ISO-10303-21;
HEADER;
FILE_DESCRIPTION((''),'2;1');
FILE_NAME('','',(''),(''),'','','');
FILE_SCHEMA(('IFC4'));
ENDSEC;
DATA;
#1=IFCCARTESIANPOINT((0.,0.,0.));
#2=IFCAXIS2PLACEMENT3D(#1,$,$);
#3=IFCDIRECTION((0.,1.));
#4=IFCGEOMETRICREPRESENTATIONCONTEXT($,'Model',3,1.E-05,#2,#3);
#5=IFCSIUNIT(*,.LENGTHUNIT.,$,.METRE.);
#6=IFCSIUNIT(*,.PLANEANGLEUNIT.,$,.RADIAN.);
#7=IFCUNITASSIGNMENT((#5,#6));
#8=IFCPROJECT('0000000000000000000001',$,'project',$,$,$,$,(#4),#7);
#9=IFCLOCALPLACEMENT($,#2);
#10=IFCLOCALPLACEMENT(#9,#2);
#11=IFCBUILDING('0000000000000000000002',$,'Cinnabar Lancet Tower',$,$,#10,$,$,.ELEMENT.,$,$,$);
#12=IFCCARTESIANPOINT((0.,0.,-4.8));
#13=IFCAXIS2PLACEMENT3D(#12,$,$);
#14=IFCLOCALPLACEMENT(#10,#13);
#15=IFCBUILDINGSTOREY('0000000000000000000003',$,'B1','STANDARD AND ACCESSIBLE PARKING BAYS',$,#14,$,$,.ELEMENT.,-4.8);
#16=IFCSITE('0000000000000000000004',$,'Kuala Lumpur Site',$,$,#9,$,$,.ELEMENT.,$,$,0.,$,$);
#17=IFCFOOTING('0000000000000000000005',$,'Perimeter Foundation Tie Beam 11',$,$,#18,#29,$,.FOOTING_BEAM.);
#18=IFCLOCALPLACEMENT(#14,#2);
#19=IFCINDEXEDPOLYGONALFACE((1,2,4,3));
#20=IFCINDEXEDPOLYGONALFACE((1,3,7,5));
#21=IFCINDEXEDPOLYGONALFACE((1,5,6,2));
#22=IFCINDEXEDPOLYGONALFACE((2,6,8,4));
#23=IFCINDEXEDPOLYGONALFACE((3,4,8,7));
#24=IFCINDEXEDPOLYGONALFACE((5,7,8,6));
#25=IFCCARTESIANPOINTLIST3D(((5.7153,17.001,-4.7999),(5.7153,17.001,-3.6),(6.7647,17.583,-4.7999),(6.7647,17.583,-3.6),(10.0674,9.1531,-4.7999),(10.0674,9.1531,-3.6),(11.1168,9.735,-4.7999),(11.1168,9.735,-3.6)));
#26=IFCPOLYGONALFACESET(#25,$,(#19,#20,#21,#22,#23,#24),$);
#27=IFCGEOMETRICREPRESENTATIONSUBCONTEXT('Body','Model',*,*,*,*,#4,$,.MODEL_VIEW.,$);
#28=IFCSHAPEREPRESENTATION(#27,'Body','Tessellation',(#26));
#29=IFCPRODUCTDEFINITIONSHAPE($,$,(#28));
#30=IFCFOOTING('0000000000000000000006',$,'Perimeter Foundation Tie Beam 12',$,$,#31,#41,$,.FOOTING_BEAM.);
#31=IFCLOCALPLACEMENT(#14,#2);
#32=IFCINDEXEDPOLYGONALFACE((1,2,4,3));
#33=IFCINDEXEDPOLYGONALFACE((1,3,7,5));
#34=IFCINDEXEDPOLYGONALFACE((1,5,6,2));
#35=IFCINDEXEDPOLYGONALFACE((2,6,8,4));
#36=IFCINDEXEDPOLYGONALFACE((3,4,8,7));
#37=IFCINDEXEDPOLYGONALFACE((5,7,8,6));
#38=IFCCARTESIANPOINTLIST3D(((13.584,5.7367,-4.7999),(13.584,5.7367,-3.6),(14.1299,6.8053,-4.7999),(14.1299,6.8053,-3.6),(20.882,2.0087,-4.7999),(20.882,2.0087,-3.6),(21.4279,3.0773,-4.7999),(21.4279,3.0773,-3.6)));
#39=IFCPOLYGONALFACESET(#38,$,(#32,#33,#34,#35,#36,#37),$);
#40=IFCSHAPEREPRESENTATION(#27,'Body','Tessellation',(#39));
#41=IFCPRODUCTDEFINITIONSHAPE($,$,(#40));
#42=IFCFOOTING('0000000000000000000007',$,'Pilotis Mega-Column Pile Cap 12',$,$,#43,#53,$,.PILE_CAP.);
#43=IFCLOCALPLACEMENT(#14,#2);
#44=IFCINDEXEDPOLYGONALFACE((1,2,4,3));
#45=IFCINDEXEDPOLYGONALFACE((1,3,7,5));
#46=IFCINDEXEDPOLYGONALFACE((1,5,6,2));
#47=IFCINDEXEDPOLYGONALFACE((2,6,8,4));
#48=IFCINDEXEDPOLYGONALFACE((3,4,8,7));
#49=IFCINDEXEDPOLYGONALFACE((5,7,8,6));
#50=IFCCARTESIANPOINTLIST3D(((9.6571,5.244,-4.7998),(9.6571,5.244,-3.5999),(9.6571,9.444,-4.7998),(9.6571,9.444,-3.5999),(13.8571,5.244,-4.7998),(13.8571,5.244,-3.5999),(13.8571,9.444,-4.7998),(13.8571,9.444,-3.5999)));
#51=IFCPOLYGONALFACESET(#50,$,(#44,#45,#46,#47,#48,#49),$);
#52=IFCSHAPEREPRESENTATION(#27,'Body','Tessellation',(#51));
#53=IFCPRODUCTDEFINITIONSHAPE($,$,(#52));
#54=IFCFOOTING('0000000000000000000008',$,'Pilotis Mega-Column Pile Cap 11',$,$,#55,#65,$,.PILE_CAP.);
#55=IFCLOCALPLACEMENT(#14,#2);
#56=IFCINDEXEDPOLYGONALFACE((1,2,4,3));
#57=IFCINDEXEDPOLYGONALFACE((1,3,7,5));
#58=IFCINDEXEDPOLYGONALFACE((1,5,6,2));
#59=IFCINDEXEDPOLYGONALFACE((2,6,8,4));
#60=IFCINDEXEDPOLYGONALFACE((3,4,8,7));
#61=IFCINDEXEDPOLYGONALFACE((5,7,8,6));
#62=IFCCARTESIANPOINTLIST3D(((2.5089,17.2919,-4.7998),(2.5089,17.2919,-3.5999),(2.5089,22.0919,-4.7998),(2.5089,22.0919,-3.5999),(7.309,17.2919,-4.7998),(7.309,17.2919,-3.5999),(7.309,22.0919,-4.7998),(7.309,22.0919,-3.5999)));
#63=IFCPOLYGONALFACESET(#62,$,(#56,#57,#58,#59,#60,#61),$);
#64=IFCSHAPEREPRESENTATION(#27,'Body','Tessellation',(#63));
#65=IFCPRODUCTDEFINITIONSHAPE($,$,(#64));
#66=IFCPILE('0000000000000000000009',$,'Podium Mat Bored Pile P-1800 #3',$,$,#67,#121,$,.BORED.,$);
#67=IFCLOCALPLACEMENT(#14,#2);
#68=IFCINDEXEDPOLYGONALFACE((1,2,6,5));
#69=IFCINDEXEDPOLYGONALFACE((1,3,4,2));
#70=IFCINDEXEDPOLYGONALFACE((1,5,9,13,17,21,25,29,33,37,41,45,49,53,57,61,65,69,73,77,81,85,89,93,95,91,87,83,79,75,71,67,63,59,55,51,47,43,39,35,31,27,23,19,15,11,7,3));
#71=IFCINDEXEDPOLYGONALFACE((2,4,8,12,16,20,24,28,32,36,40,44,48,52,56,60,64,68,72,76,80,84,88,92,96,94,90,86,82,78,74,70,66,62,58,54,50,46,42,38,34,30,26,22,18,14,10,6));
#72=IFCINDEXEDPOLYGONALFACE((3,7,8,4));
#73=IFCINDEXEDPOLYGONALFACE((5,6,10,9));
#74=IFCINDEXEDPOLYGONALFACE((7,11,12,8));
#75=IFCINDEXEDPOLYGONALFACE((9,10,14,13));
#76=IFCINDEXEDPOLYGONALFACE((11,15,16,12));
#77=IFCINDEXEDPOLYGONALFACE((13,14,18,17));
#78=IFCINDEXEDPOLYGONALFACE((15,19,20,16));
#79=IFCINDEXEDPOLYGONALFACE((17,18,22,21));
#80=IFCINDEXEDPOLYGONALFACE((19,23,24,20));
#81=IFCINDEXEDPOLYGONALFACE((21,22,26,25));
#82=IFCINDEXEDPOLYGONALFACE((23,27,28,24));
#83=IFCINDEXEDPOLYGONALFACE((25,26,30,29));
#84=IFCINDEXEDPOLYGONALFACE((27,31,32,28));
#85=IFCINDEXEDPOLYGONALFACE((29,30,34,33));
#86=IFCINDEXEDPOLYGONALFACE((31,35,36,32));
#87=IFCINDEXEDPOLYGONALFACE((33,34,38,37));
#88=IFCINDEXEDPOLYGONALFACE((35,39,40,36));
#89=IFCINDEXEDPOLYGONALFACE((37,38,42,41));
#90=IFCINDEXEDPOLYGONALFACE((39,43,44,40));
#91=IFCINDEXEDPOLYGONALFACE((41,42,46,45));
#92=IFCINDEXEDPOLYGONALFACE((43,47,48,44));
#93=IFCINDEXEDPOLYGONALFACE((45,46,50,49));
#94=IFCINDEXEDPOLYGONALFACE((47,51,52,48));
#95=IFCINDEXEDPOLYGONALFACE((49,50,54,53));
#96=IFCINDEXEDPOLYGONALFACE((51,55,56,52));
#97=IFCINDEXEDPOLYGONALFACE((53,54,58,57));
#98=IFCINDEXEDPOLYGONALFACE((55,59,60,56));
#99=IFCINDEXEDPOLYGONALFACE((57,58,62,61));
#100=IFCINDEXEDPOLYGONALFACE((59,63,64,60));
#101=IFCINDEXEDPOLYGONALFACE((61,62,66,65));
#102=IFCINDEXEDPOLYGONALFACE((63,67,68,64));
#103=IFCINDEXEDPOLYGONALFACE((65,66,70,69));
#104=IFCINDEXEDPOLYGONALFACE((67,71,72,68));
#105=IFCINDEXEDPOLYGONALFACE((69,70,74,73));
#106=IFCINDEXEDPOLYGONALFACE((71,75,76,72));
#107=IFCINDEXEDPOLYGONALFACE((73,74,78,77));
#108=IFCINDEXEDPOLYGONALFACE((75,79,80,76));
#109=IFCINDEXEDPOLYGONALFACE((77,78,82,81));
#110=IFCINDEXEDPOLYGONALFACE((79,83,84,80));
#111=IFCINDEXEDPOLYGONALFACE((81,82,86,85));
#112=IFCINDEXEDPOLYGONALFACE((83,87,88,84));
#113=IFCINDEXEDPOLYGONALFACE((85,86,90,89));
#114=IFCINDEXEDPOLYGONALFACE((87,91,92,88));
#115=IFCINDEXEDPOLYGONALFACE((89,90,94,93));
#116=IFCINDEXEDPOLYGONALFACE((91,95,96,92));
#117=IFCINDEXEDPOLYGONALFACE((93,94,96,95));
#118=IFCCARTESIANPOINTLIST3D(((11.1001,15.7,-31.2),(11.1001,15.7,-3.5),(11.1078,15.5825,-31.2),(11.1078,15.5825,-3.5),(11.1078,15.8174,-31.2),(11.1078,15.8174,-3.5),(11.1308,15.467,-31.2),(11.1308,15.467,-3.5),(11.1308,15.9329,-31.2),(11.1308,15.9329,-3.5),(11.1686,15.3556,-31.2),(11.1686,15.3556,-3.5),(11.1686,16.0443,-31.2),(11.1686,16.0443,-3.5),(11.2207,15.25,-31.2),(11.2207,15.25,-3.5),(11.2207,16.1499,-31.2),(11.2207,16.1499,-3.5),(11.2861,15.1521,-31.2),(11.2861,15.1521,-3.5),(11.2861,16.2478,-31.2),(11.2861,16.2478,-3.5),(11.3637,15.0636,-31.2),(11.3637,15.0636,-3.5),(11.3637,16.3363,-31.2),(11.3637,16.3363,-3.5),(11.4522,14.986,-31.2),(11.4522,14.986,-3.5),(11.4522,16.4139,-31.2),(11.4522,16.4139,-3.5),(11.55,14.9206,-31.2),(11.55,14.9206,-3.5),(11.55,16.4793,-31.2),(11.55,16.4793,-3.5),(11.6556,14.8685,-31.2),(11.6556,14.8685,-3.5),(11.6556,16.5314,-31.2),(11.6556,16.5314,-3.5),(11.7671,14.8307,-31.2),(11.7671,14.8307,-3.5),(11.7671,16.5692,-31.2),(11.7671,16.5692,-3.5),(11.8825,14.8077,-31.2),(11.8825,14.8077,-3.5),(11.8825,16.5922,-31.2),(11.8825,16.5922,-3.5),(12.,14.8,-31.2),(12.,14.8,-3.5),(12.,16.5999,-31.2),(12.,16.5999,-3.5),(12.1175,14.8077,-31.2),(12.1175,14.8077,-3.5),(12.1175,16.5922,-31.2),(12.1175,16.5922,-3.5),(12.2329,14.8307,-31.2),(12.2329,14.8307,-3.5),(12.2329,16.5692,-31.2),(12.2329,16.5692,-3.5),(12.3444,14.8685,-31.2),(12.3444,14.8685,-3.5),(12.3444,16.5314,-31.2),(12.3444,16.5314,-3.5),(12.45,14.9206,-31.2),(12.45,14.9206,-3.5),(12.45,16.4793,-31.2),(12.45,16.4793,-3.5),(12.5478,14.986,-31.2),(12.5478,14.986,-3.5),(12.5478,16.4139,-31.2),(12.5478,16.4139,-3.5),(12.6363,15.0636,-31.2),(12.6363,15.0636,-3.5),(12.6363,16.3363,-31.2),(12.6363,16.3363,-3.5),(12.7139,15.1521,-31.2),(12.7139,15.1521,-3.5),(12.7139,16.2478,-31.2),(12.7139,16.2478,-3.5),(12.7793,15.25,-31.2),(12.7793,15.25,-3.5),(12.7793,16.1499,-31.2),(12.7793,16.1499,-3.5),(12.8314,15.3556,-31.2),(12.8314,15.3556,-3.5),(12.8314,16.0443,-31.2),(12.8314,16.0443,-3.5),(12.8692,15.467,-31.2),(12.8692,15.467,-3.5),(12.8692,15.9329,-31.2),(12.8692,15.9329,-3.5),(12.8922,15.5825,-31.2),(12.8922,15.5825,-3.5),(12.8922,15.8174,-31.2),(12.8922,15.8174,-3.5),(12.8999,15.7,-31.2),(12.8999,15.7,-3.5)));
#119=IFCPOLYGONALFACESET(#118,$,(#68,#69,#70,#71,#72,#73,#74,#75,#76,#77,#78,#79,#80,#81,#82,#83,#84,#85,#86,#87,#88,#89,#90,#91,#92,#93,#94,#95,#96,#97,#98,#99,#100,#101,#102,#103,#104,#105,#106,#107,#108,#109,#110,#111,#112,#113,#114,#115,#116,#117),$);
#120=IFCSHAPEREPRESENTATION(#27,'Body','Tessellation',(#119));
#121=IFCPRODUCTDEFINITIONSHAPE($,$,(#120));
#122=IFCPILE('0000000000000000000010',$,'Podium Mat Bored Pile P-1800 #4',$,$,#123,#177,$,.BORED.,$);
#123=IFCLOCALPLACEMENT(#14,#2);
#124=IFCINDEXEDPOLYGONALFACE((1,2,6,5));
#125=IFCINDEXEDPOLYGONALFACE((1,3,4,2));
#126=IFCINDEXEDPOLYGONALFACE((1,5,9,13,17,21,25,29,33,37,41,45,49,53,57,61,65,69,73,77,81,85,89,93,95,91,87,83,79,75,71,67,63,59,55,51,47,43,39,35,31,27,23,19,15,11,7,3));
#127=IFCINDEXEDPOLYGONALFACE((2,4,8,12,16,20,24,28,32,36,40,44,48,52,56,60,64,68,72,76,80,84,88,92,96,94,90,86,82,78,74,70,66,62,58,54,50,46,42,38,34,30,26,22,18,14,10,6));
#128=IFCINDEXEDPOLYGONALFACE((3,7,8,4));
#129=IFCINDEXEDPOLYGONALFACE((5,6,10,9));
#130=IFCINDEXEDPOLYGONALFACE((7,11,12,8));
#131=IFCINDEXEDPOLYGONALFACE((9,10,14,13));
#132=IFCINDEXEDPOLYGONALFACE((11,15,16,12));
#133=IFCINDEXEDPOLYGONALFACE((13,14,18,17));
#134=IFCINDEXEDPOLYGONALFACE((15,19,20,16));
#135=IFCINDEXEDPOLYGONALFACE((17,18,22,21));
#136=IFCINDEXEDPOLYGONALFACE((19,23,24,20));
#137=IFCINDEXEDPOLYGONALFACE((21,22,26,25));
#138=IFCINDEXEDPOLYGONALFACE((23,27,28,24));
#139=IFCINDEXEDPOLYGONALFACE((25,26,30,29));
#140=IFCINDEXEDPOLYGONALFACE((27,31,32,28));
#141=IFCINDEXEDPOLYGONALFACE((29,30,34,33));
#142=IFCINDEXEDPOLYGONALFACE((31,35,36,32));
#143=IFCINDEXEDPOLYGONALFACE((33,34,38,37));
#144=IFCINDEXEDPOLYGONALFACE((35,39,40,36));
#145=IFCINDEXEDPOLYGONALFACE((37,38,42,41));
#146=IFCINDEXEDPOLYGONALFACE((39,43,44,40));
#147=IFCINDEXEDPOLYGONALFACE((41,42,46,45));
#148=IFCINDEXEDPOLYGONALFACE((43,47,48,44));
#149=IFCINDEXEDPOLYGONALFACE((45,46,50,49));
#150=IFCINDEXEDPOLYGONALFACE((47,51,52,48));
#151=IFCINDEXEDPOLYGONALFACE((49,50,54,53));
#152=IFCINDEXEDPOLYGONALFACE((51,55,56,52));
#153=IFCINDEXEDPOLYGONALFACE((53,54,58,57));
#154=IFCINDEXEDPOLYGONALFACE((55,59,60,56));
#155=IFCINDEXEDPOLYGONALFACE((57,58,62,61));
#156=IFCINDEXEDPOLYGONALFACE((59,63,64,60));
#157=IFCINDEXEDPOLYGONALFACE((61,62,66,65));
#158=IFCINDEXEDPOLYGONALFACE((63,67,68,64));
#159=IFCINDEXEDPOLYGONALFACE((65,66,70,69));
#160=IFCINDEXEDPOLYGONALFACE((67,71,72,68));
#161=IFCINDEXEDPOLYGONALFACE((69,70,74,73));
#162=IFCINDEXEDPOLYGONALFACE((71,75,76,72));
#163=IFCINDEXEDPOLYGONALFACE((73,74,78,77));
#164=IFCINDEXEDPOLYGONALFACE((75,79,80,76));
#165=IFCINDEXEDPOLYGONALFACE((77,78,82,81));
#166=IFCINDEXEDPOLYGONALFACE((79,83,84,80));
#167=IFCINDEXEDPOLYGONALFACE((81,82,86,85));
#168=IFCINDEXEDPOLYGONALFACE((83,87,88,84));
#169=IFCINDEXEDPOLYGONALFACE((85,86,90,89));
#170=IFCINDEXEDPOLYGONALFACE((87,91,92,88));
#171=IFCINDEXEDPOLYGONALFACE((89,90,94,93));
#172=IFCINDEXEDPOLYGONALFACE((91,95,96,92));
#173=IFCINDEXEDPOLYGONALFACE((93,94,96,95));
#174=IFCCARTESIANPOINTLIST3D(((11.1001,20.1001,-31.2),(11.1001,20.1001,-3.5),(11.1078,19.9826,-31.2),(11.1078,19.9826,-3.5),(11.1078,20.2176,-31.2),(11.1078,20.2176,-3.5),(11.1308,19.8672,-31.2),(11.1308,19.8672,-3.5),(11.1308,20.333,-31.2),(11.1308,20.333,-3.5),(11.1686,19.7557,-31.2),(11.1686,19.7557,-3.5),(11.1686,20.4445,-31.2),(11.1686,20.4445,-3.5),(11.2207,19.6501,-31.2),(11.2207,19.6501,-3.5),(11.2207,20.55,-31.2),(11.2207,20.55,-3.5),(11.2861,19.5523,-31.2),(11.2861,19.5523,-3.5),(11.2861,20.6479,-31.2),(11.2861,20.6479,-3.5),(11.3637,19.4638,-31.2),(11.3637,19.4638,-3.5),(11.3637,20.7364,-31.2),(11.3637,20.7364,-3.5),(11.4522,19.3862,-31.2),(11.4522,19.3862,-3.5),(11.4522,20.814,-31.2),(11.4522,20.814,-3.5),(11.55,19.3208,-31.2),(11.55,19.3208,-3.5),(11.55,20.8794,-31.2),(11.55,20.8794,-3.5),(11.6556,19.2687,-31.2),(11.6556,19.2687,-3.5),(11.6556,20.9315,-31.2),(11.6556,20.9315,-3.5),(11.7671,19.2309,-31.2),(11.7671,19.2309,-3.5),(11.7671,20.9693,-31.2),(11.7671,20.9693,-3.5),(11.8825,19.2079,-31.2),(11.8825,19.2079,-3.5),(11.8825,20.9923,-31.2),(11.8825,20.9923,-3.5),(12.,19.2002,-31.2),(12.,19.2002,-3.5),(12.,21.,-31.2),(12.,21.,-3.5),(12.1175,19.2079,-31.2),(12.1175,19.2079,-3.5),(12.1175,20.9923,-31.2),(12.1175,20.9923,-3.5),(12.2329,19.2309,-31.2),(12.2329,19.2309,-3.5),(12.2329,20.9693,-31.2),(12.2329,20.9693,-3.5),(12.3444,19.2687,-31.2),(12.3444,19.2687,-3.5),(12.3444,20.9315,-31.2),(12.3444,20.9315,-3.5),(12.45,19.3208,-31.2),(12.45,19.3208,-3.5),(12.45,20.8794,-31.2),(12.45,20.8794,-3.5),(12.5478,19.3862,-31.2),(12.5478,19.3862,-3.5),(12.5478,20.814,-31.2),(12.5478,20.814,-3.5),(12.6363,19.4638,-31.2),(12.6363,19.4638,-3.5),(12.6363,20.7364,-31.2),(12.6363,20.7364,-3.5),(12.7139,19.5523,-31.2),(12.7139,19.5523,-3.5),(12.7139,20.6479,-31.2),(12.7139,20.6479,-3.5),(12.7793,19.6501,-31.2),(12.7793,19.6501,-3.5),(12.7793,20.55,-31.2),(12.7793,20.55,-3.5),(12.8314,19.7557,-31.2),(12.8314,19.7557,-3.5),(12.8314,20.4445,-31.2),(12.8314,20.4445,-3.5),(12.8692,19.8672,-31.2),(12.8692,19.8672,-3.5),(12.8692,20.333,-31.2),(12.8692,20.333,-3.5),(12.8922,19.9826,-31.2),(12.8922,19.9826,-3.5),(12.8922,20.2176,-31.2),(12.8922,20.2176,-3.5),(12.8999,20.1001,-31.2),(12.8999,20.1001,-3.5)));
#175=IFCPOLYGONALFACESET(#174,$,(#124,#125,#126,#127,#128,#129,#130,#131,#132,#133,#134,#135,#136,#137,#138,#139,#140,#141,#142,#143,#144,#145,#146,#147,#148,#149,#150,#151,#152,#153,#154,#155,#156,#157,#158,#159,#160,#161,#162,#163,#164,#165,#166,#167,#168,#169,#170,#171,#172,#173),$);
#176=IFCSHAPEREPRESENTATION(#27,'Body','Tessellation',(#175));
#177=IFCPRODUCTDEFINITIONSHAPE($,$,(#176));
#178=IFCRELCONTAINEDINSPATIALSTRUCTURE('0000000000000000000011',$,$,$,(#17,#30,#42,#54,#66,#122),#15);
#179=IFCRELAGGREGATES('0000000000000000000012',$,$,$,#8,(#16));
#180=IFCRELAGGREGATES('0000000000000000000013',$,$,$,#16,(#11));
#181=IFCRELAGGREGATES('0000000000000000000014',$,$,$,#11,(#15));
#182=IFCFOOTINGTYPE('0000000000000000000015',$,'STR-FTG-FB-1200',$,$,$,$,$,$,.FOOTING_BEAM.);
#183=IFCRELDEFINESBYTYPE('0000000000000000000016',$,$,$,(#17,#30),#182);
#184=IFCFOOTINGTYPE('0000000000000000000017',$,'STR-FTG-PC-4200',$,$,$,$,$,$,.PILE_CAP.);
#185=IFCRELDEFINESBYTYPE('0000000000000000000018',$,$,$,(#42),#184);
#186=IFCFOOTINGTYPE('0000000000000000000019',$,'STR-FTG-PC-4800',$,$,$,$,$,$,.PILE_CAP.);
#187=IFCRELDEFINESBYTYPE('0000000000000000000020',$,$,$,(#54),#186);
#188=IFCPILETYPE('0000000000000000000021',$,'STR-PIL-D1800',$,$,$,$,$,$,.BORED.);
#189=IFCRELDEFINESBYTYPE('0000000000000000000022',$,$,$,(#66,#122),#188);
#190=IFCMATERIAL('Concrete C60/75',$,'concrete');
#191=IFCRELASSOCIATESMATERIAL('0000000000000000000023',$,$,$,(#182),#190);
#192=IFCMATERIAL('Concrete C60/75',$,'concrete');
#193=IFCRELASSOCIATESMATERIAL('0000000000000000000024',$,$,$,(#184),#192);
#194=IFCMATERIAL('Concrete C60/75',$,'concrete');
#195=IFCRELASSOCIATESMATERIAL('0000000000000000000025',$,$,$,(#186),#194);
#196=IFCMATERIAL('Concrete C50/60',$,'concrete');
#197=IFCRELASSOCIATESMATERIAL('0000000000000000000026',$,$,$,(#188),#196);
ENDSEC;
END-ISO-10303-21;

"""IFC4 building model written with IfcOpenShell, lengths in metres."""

from ifc_helpers import new_model, si_unit, direction, frame, origin, origin_2d, place, context, subcontext, project, spatial, rectangle, circle, extrude, material, material_profile, profile_set, type_object, element, save


model = new_model("IFC4")

# Units and contexts
model_context = context("Model", 3, precision=1e-05, world=origin(), true_north=direction((0.0, 1.0)))
body_context = subcontext(model_context, "Body", "Model", "MODEL_VIEW")
ifc_project = project(units=[si_unit("LENGTHUNIT", "METRE"), si_unit("PLANEANGLEUNIT", "RADIAN")], contexts=[model_context])

# Site, building, storey
site_placement = place(None, origin())
site = spatial("IfcSite", under=ifc_project, at=site_placement, Name="Kuala Lumpur Site", CompositionType="ELEMENT", RefElevation=0.0)
building_placement = place(site_placement, origin())
building = spatial("IfcBuilding", under=site, at=building_placement, Name="Cinnabar Lancet Tower", CompositionType="ELEMENT")
storey_placement = place(building_placement, frame((0.0, 0.0, -4.8)))
storey = spatial("IfcBuildingStorey", under=building, at=storey_placement, Name="B1", Description="STANDARD AND ACCESSIBLE PARKING BAYS", CompositionType="ELEMENT", Elevation=-4.8)

# Footings
ifc_material_1 = material(Name="Concrete C60/75", Category="concrete")
ifc_material_profile_1 = material_profile(ifc_material_1, rectangle(XDim=1.2, YDim=1.2, at=origin_2d()), Name="RC-FB 1200x1200")
ifc_profile_set_1 = profile_set([ifc_material_profile_1], Name="Concrete C60/75")
footing_type_1 = type_object("IfcFootingType", Name="STR-FTG-FB-1200", PredefinedType="FOOTING_BEAM", material=ifc_profile_set_1)
footing_1_placement = place(storey_placement, frame((6.24, 17.292, -4.2), z_axis=(0.484971, -0.87453, 0.0), x_axis=(0.87453, 0.484971, 0.0)))
element("IfcFooting", 1, at=footing_1_placement, inside=storey, type_object=footing_type_1, Name="Perimeter Foundation Tie Beam 11", PredefinedType="FOOTING_BEAM", context=body_context, shape_type="SweptSolid", body=[
    extrude(rectangle(XDim=1.2, YDim=1.2, at=origin_2d()), origin(), (0.0, 0.0, 1.0), 8.9739),
])
footing_2_placement = place(storey_placement, frame((13.8569, 6.271, -4.2), z_axis=(0.890539, -0.454907, 0.0), x_axis=(0.454907, 0.890539, 0.0)))
element("IfcFooting", 2, at=footing_2_placement, inside=storey, type_object=footing_type_1, Name="Perimeter Foundation Tie Beam 12", PredefinedType="FOOTING_BEAM", context=body_context, shape_type="SweptSolid", body=[
    extrude(rectangle(XDim=1.2, YDim=1.2, at=origin_2d()), origin(), (0.0, 0.0, 1.0), 8.1951),
])
ifc_material_2 = material(Name="Concrete C60/75", Category="concrete")
footing_type_2 = type_object("IfcFootingType", Name="STR-FTG-PC-4200", PredefinedType="PILE_CAP", material=ifc_material_2)
footing_3_placement = place(storey_placement, frame((11.7571, 7.344, -4.7998), z_axis=(0.0, 0.0, 1.0), x_axis=(1.0, 0.0, 0.0)))
element("IfcFooting", 3, at=footing_3_placement, inside=storey, type_object=footing_type_2, Name="Pilotis Mega-Column Pile Cap 12", PredefinedType="PILE_CAP", context=body_context, shape_type="SweptSolid", body=[
    extrude(rectangle(XDim=4.2, YDim=4.2, at=origin_2d()), origin(), (0.0, 0.0, 1.0), 1.2),
])
ifc_material_3 = material(Name="Concrete C60/75", Category="concrete")
footing_type_3 = type_object("IfcFootingType", Name="STR-FTG-PC-4800", PredefinedType="PILE_CAP", material=ifc_material_3)
footing_4_placement = place(storey_placement, frame((4.9089, 19.6919, -4.7998), z_axis=(0.0, 0.0, 1.0), x_axis=(1.0, 0.0, 0.0)))
element("IfcFooting", 4, at=footing_4_placement, inside=storey, type_object=footing_type_3, Name="Pilotis Mega-Column Pile Cap 11", PredefinedType="PILE_CAP", context=body_context, shape_type="SweptSolid", body=[
    extrude(rectangle(XDim=4.8, YDim=4.8, at=origin_2d()), origin(), (0.0, 0.0, 1.0), 1.2),
])

# Piles
ifc_material_4 = material(Name="Concrete C50/60", Category="concrete")
ifc_material_profile_2 = material_profile(ifc_material_4, circle(Radius=0.8999, at=origin_2d()), Name="PILE D1800")
ifc_profile_set_2 = profile_set([ifc_material_profile_2], Name="Concrete C50/60")
pile_type_1 = type_object("IfcPileType", Name="STR-PIL-D1800", PredefinedType="BORED", material=ifc_profile_set_2)
for number, where, z_axis, x_axis, name in (
    (5, (12.0, 15.7, -3.5), (0.0, 0.0, -1.0), (1.0, 0.0, 0.0), "Podium Mat Bored Pile P-1800 #3"),
    (6, (12.0, 20.1001, -3.5), (0.0, 0.0, -1.0), (1.0, 0.0, 0.0), "Podium Mat Bored Pile P-1800 #4"),
):
    element("IfcPile", number, at=place(storey_placement, frame(where, z_axis=z_axis, x_axis=x_axis)), inside=storey, type_object=pile_type_1, Name=name, PredefinedType="BORED", context=body_context, shape_type="SweptSolid", body=[
        extrude(circle(Radius=0.8999, at=origin_2d()), origin(), (0.0, 0.0, 1.0), 27.7),
    ])

save(model, "model.ifc")
